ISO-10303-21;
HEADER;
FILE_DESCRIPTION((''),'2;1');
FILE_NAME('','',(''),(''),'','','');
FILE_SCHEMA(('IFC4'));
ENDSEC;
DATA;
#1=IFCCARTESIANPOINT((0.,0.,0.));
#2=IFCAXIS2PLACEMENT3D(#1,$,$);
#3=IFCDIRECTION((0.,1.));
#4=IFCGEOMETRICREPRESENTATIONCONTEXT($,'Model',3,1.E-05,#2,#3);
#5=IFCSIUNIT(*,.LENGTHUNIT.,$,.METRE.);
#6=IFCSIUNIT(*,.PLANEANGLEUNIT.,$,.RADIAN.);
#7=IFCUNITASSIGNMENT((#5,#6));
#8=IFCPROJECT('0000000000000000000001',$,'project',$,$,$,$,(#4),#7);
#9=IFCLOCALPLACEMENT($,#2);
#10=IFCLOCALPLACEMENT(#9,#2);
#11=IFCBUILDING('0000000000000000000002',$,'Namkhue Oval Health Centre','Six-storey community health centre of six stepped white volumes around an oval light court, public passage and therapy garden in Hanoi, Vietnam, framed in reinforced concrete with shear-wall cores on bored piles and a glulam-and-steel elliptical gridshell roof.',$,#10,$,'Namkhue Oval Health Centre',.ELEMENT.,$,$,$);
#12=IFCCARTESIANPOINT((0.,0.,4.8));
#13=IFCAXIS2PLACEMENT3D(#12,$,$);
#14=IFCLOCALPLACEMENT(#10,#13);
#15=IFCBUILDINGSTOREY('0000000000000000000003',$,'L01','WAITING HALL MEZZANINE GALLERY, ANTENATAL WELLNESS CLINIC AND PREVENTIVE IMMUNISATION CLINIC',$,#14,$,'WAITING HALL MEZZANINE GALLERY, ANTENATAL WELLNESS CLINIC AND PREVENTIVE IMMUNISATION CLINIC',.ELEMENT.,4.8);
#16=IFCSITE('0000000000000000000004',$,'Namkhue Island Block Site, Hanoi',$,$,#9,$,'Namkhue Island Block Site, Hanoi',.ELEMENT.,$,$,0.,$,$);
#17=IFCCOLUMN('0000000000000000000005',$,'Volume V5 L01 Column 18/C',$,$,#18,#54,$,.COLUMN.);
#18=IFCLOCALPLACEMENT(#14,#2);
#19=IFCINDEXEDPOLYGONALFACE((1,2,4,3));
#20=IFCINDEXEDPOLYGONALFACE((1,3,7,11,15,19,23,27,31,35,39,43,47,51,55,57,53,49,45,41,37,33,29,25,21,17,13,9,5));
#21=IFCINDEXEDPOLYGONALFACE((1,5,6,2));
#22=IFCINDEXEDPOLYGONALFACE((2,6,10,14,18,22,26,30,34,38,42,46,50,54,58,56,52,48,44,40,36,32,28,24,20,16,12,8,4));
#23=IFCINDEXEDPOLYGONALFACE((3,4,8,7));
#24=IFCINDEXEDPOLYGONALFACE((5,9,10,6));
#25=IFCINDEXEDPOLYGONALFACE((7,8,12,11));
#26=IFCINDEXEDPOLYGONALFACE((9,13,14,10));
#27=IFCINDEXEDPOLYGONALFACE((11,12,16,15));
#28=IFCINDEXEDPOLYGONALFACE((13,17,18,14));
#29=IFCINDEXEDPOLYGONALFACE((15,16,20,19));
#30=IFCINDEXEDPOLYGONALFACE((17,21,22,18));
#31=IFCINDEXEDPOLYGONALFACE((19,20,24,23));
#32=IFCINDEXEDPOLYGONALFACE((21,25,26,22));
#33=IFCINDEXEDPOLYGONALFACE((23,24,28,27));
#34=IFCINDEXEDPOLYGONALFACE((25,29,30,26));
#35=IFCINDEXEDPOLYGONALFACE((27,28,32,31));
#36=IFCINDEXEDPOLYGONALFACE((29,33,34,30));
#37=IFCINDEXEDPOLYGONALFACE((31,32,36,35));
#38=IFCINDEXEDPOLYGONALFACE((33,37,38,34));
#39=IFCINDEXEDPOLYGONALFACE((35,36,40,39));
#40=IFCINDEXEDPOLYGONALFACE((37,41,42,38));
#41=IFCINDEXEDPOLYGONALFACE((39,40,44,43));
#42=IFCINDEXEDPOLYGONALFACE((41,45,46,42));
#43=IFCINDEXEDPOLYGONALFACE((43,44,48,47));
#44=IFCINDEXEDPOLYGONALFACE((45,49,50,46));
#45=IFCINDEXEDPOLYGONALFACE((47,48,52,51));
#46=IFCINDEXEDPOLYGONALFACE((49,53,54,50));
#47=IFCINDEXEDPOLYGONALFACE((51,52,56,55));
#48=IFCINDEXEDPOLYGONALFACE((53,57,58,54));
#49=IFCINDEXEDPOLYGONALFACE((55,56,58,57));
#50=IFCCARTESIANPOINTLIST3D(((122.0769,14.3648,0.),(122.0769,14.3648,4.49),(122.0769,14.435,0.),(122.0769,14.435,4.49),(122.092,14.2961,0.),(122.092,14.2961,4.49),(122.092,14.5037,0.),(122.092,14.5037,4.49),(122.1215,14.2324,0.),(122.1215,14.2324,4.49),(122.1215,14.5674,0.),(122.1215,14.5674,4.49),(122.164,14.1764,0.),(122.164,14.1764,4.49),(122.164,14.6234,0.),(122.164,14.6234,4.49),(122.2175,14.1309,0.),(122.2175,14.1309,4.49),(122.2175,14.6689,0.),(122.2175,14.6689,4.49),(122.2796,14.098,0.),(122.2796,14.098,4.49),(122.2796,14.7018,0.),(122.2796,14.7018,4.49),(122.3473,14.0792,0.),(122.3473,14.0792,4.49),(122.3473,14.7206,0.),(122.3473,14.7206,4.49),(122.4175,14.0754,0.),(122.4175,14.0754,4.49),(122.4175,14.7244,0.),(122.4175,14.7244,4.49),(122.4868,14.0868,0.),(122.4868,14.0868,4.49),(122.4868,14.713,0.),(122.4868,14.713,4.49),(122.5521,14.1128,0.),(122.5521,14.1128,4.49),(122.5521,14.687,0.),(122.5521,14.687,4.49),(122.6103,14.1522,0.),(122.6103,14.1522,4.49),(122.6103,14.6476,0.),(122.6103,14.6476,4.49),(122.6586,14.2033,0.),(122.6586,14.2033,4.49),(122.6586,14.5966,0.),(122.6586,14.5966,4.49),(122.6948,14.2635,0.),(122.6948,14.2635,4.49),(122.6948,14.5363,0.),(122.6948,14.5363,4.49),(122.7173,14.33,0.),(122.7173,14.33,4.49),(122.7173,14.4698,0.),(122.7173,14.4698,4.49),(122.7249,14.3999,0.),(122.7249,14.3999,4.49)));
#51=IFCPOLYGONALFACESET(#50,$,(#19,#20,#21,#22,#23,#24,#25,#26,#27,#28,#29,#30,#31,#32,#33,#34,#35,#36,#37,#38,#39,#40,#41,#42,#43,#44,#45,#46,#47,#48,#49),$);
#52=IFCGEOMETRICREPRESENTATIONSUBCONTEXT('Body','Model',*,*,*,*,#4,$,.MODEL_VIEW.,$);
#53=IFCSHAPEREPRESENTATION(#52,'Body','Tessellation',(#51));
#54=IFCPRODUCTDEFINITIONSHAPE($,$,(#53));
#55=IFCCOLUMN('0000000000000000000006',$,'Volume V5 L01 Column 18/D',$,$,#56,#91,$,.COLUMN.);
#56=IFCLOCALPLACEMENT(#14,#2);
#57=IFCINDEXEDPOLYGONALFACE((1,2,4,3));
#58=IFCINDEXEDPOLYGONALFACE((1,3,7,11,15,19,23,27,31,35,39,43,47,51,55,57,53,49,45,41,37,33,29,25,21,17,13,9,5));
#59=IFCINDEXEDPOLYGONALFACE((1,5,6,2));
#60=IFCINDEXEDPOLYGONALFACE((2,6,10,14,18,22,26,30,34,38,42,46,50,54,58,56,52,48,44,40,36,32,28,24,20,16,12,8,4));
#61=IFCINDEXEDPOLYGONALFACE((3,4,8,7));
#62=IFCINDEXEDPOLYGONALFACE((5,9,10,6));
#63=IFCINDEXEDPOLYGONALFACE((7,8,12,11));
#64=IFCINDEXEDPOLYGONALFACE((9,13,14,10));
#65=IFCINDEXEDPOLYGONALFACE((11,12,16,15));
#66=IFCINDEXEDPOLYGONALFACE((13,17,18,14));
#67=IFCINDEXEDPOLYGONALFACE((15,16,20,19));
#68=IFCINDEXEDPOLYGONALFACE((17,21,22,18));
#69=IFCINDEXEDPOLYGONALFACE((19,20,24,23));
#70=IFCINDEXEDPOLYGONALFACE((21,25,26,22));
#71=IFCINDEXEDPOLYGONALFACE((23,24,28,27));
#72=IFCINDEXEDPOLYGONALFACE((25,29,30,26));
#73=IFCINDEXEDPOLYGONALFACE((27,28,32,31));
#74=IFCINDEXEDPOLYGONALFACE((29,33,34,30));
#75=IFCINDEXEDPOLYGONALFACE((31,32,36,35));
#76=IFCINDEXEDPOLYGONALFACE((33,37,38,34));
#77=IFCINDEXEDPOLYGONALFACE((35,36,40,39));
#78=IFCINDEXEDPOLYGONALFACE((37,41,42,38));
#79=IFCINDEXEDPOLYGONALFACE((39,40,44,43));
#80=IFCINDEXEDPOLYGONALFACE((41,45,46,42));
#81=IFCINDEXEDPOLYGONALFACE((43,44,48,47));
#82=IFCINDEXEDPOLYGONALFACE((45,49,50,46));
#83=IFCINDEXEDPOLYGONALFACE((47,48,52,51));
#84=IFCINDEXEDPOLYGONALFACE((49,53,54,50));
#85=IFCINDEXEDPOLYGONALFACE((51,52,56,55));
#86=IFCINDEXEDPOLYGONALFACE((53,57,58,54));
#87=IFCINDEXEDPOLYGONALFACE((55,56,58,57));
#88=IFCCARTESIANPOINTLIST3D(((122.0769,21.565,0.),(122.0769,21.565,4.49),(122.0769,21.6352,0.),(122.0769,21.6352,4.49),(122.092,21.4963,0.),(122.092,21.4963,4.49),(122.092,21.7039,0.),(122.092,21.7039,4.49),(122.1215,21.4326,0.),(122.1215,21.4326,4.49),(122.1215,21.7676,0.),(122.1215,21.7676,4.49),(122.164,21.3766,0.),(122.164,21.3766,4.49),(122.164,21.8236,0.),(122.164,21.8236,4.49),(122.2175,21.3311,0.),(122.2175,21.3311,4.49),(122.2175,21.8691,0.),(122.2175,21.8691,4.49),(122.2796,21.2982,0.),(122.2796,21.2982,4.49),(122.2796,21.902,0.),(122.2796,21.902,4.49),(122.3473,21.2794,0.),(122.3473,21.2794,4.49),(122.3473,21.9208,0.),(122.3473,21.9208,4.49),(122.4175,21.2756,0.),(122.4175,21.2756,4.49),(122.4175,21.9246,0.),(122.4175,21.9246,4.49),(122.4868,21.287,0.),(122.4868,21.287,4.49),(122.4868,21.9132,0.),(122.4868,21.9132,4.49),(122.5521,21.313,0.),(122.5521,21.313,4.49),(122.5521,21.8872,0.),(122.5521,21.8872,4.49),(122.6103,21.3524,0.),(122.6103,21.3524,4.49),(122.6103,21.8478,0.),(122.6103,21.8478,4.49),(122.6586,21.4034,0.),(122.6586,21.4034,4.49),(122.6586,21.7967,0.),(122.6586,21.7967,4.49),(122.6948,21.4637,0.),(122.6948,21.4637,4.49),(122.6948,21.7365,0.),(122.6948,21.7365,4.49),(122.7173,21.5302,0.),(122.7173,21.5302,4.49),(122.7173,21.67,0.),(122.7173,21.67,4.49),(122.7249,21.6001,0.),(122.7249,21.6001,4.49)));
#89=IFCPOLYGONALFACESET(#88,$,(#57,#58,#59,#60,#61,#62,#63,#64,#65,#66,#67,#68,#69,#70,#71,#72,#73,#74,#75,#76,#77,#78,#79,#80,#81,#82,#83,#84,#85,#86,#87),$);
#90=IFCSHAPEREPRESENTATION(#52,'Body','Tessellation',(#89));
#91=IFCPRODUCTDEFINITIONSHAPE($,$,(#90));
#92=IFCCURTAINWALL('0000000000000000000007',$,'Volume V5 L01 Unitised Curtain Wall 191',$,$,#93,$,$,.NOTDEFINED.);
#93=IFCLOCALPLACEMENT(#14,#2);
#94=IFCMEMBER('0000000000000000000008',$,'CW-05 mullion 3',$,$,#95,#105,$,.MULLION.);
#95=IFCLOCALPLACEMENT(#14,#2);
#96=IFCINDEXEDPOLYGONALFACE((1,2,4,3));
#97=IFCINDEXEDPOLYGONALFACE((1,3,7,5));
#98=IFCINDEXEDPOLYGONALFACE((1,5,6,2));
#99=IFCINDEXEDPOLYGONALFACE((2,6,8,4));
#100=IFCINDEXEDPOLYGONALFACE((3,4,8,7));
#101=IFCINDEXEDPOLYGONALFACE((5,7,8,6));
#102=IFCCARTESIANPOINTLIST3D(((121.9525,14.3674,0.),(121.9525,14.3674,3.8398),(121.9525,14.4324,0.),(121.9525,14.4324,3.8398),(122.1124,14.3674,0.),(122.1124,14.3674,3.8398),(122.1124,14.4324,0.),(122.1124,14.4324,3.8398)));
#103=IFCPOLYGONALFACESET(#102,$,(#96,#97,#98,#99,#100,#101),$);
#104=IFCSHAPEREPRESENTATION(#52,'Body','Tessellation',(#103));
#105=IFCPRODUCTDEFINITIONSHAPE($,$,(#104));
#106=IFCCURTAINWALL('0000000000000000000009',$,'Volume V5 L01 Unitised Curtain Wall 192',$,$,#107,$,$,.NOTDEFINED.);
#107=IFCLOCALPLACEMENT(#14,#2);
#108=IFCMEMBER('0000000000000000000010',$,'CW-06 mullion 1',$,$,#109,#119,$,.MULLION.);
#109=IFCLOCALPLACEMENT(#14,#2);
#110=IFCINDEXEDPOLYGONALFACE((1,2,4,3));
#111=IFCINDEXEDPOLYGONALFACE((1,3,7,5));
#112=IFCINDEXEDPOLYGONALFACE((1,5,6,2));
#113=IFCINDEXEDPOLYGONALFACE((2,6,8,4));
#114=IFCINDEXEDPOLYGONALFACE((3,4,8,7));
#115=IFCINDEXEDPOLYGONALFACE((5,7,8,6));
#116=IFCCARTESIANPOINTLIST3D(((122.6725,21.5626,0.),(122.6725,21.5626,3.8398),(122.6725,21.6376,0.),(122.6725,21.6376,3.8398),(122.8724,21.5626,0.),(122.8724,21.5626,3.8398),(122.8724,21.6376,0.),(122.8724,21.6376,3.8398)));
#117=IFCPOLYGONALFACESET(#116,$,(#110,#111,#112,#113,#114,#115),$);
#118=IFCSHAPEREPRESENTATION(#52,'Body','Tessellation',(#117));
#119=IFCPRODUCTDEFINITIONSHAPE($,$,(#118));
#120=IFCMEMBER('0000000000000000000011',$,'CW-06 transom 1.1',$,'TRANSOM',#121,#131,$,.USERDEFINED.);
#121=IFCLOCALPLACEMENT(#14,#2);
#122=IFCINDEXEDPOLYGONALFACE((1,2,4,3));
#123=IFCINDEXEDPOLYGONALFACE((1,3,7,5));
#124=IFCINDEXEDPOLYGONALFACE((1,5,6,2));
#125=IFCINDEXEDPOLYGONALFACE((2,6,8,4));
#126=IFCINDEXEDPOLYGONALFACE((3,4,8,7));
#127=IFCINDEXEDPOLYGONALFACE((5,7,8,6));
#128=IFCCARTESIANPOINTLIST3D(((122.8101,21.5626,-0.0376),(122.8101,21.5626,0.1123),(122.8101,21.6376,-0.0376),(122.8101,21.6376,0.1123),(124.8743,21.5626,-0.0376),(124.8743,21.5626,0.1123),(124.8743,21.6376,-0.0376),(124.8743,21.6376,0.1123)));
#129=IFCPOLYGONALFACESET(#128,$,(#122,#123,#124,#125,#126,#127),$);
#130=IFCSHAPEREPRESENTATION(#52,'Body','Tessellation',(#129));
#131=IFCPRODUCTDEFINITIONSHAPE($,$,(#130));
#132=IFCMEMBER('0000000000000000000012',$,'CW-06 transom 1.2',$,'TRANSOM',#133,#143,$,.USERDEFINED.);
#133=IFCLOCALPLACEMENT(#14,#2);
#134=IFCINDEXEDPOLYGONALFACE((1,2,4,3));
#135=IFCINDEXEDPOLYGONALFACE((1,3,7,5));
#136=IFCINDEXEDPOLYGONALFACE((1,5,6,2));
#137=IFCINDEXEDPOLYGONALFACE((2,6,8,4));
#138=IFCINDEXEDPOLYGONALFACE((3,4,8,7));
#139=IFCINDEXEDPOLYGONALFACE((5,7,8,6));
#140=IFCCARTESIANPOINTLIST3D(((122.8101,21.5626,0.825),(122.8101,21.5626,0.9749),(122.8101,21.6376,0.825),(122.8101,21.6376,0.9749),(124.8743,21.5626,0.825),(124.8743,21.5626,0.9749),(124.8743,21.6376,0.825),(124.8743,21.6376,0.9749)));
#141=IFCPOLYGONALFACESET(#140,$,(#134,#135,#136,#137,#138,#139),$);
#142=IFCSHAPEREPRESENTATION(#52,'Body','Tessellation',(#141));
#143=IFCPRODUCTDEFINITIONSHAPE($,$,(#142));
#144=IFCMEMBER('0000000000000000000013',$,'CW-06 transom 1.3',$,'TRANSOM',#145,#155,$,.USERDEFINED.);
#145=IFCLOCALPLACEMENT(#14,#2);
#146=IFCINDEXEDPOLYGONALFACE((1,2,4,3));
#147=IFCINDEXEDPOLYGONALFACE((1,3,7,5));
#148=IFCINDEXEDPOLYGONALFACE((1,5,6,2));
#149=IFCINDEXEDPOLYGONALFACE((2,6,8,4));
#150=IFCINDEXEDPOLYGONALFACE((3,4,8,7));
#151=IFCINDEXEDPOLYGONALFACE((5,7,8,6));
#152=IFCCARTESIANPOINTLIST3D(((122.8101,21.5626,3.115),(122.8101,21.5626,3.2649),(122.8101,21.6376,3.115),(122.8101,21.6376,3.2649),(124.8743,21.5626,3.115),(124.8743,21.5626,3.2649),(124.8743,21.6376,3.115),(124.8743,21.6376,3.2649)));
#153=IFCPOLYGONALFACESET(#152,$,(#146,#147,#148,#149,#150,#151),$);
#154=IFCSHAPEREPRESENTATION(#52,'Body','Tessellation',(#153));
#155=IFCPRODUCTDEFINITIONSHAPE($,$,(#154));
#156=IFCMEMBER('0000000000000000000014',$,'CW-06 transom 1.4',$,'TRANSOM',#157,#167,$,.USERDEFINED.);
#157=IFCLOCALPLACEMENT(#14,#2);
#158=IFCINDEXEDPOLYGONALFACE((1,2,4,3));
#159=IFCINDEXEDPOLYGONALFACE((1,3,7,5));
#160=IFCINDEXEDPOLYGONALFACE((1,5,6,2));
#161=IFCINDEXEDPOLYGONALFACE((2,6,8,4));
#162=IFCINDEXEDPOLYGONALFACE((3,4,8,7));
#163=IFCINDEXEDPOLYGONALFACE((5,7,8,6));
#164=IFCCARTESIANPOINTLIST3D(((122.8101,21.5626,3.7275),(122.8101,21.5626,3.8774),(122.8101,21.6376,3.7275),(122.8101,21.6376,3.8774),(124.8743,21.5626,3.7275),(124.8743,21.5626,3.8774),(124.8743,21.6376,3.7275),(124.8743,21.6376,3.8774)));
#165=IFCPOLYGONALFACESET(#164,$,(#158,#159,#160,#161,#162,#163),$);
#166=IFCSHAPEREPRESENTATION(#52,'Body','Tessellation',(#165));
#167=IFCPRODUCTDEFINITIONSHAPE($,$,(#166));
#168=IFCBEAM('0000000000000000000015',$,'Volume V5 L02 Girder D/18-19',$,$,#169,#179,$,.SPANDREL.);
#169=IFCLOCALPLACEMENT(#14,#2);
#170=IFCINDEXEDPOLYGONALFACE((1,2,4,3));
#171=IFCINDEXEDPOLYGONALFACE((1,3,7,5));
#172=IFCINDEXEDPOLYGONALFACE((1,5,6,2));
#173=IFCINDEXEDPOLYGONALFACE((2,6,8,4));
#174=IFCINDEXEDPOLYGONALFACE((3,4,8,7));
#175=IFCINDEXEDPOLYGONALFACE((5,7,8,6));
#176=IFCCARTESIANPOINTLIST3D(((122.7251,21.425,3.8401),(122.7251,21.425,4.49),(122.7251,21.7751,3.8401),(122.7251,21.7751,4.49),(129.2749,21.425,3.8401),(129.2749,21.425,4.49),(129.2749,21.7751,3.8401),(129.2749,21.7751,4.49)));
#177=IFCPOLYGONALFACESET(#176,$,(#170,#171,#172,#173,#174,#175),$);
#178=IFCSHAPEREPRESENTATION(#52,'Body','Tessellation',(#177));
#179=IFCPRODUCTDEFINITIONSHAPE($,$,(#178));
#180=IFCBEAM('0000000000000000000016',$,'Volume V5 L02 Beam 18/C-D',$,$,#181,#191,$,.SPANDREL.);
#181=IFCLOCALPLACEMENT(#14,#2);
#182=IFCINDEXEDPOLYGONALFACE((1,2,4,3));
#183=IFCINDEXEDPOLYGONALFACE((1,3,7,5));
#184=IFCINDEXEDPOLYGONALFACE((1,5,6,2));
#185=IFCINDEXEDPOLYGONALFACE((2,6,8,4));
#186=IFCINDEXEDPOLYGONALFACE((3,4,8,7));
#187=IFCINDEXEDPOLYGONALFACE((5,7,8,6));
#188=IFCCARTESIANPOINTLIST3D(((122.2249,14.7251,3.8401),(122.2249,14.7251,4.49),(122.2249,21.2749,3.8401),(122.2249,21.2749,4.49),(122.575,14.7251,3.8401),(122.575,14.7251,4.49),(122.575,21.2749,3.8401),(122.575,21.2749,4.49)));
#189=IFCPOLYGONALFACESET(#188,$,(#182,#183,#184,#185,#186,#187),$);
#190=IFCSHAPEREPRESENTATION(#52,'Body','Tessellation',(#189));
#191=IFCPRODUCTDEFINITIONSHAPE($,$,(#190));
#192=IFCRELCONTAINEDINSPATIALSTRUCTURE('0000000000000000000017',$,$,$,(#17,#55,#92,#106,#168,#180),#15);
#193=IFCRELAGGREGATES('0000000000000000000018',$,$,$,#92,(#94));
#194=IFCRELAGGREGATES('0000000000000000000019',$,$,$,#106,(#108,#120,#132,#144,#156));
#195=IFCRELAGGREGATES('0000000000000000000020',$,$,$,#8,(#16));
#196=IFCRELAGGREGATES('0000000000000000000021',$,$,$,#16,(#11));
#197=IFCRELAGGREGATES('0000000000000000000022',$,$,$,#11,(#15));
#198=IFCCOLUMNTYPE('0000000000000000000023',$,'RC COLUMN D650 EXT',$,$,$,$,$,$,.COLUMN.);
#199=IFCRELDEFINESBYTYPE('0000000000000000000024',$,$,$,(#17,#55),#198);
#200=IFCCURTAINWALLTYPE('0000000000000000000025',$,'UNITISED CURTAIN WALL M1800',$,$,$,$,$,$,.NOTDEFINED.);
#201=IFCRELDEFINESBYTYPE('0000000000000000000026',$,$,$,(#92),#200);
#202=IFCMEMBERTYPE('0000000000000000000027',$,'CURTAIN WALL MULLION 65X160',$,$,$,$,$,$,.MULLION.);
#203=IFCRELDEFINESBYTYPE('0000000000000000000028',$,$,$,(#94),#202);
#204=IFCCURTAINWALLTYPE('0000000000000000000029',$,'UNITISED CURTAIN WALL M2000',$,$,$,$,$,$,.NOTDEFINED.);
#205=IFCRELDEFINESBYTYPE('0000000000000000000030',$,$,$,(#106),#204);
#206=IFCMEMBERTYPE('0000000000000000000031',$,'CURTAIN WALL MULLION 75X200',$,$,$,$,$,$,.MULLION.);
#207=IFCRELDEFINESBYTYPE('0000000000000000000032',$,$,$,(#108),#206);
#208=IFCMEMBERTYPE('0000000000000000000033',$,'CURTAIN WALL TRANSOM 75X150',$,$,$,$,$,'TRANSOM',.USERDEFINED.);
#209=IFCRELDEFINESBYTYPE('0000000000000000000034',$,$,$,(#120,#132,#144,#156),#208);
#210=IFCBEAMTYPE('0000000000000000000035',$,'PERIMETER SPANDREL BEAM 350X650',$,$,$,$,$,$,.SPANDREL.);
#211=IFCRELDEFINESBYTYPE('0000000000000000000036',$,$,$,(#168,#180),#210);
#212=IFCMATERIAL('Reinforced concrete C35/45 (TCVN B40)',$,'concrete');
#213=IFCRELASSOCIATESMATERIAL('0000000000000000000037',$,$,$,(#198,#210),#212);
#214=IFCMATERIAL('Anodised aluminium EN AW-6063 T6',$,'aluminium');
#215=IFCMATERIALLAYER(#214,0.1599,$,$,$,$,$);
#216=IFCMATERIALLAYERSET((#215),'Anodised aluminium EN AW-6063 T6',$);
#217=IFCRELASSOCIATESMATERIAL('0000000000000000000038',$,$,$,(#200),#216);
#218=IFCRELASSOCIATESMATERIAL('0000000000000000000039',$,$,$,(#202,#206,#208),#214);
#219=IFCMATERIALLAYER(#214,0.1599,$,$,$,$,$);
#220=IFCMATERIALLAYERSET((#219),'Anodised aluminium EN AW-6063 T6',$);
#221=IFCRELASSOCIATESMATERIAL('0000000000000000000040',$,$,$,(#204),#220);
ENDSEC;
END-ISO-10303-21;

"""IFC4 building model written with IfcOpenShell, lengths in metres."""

from ifc_helpers import new_model, si_unit, direction, frame, origin, origin_2d, place, context, subcontext, project, spatial, rectangle, circle, extrude, material, layer, layer_set, material_profile, profile_set, type_object, element, aggregate, save


model = new_model("IFC4")

# Units and contexts
model_context = context("Model", 3, precision=1e-05, world=origin(), true_north=direction((0.0, 1.0)))
body_context = subcontext(model_context, "Body", "Model", "MODEL_VIEW")
ifc_project = project(units=[si_unit("LENGTHUNIT", "METRE"), si_unit("PLANEANGLEUNIT", "RADIAN")], contexts=[model_context])

# Site, building, storey
site_placement = place(None, origin())
site = spatial("IfcSite", under=ifc_project, at=site_placement, Name="Namkhue Island Block Site, Hanoi", LongName="Namkhue Island Block Site, Hanoi", CompositionType="ELEMENT", RefElevation=0.0)
building_placement = place(site_placement, origin())
building = spatial("IfcBuilding", under=site, at=building_placement, Name="Namkhue Oval Health Centre", Description="Six-storey community health centre of six stepped white volumes around an oval light court, public passage and therapy garden in Hanoi, Vietnam, framed in reinforced concrete with shear-wall cores on bored piles and a glulam-and-steel elliptical gridshell roof.", LongName="Namkhue Oval Health Centre", CompositionType="ELEMENT")
storey_placement = place(building_placement, frame((0.0, 0.0, 4.8)))
storey = spatial("IfcBuildingStorey", under=building, at=storey_placement, Name="L01", Description="WAITING HALL MEZZANINE GALLERY, ANTENATAL WELLNESS CLINIC AND PREVENTIVE IMMUNISATION CLINIC", LongName="WAITING HALL MEZZANINE GALLERY, ANTENATAL WELLNESS CLINIC AND PREVENTIVE IMMUNISATION CLINIC", CompositionType="ELEMENT", Elevation=4.8)

# Columns
ifc_material_1 = material(Name="Reinforced concrete C35/45 (TCVN B40)", Category="concrete")
ifc_material_profile_1 = material_profile(ifc_material_1, circle(Radius=0.325, at=origin_2d()), Name="RC D650")
ifc_profile_set_1 = profile_set([ifc_material_profile_1], Name="Reinforced concrete C35/45 (TCVN B40)")
column_type = type_object("IfcColumnType", Name="RC COLUMN D650 EXT", PredefinedType="COLUMN", material=ifc_profile_set_1)
for number, where, z_axis, x_axis, name in (
    (1, (122.3999, 14.3999, 0.0), (0.0, 0.0, 1.0), (1.0, 0.0, 0.0), "Volume V5 L01 Column 18/C"),
    (2, (122.3999, 21.6001, 0.0), (0.0, 0.0, 1.0), (1.0, 0.0, 0.0), "Volume V5 L01 Column 18/D"),
):
    element("IfcColumn", number, at=place(storey_placement, frame(where, z_axis=z_axis, x_axis=x_axis)), inside=storey, type_object=column_type, Name=name, PredefinedType="COLUMN", context=body_context, shape_type="SweptSolid", body=[
        extrude(circle(Radius=0.325, at=origin_2d()), origin(), (0.0, 0.0, 1.0), 4.49),
    ])

# Curtain wall, member
ifc_material_2 = material(Name="Anodised aluminium EN AW-6063 T6", Category="aluminium")
ifc_layer_1 = layer(ifc_material_2, 0.1599)
ifc_layer_set_1 = layer_set([ifc_layer_1], Name="Anodised aluminium EN AW-6063 T6")
curtain_wall_type_1 = type_object("IfcCurtainWallType", Name="UNITISED CURTAIN WALL M1800", PredefinedType="NOTDEFINED", material=ifc_layer_set_1)
curtain_wall_1_placement = place(storey_placement, origin())
curtain_wall_1 = element("IfcCurtainWall", 3, at=curtain_wall_1_placement, inside=storey, type_object=curtain_wall_type_1, Name="Volume V5 L01 Unitised Curtain Wall 191", PredefinedType="NOTDEFINED")
ifc_material_profile_2 = material_profile(ifc_material_2, rectangle(XDim=0.0649, YDim=0.1599, at=origin_2d()), Name="ALU 65x160")
ifc_profile_set_2 = profile_set([ifc_material_profile_2], Name="Anodised aluminium EN AW-6063 T6")
member_type_1 = type_object("IfcMemberType", Name="CURTAIN WALL MULLION 65X160", PredefinedType="MULLION", material=ifc_profile_set_2)
member_1_placement = place(storey_placement, frame((122.0325, 14.3999, 0.0), z_axis=(0.0, 0.0, 1.0), x_axis=(0.0, 1.0, 0.0)))
member_1 = element("IfcMember", 4, at=member_1_placement, type_object=member_type_1, Name="CW-05 mullion 3", PredefinedType="MULLION", context=body_context, shape_type="SweptSolid", body=[
    extrude(rectangle(XDim=0.0649, YDim=0.1599, at=origin_2d()), origin(), (0.0, 0.0, 1.0), 3.8398),
])
aggregate(curtain_wall_1, [member_1])

# Curtain wall, members
ifc_layer_2 = layer(ifc_material_2, 0.1599)
ifc_layer_set_2 = layer_set([ifc_layer_2], Name="Anodised aluminium EN AW-6063 T6")
curtain_wall_type_2 = type_object("IfcCurtainWallType", Name="UNITISED CURTAIN WALL M2000", PredefinedType="NOTDEFINED", material=ifc_layer_set_2)
curtain_wall_2_placement = place(storey_placement, origin())
curtain_wall_2 = element("IfcCurtainWall", 5, at=curtain_wall_2_placement, inside=storey, type_object=curtain_wall_type_2, Name="Volume V5 L01 Unitised Curtain Wall 192", PredefinedType="NOTDEFINED")
ifc_material_profile_3 = material_profile(ifc_material_2, rectangle(XDim=0.075, YDim=0.2, at=origin_2d()), Name="ALU 75x200")
ifc_profile_set_3 = profile_set([ifc_material_profile_3], Name="Anodised aluminium EN AW-6063 T6")
member_type_2 = type_object("IfcMemberType", Name="CURTAIN WALL MULLION 75X200", PredefinedType="MULLION", material=ifc_profile_set_3)
member_2_placement = place(storey_placement, frame((122.7725, 21.6001, 0.0), z_axis=(0.0, 0.0, 1.0), x_axis=(0.0, 1.0, 0.0)))
member_2 = element("IfcMember", 6, at=member_2_placement, type_object=member_type_2, Name="CW-06 mullion 1", PredefinedType="MULLION", context=body_context, shape_type="SweptSolid", body=[
    extrude(rectangle(XDim=0.075, YDim=0.2, at=origin_2d()), origin(), (0.0, 0.0, 1.0), 3.8398),
])
ifc_material_profile_4 = material_profile(ifc_material_2, rectangle(XDim=0.075, YDim=0.1499, at=origin_2d()), Name="ALU 75x150")
ifc_profile_set_4 = profile_set([ifc_material_profile_4], Name="Anodised aluminium EN AW-6063 T6")
member_type_3 = type_object("IfcMemberType", Name="CURTAIN WALL TRANSOM 75X150", ElementType="TRANSOM", PredefinedType="USERDEFINED", material=ifc_profile_set_4)
member_3_placement = place(storey_placement, frame((122.8101, 21.6001, 0.0374), z_axis=(1.0, 0.0, 0.0), x_axis=(0.0, 1.0, 0.0)))
member_3 = element("IfcMember", 7, at=member_3_placement, type_object=member_type_3, Name="CW-06 transom 1.1", ObjectType="TRANSOM", PredefinedType="USERDEFINED", context=body_context, shape_type="SweptSolid", body=[
    extrude(rectangle(XDim=0.075, YDim=0.1499, at=origin_2d()), origin(), (0.0, 0.0, 1.0), 2.0642),
])
member_4_placement = place(storey_placement, frame((122.8101, 21.6001, 0.8999), z_axis=(1.0, 0.0, 0.0), x_axis=(0.0, 1.0, 0.0)))
member_4 = element("IfcMember", 8, at=member_4_placement, type_object=member_type_3, Name="CW-06 transom 1.2", ObjectType="TRANSOM", PredefinedType="USERDEFINED", context=body_context, shape_type="SweptSolid", body=[
    extrude(rectangle(XDim=0.075, YDim=0.1499, at=origin_2d()), origin(), (0.0, 0.0, 1.0), 2.0642),
])
member_5_placement = place(storey_placement, frame((122.8101, 21.6001, 3.1899), z_axis=(1.0, 0.0, 0.0), x_axis=(0.0, 1.0, 0.0)))
member_5 = element("IfcMember", 9, at=member_5_placement, type_object=member_type_3, Name="CW-06 transom 1.3", ObjectType="TRANSOM", PredefinedType="USERDEFINED", context=body_context, shape_type="SweptSolid", body=[
    extrude(rectangle(XDim=0.075, YDim=0.1499, at=origin_2d()), origin(), (0.0, 0.0, 1.0), 2.0642),
])
member_6_placement = place(storey_placement, frame((122.8101, 21.6001, 3.8025), z_axis=(1.0, 0.0, 0.0), x_axis=(0.0, 1.0, 0.0)))
member_6 = element("IfcMember", 10, at=member_6_placement, type_object=member_type_3, Name="CW-06 transom 1.4", ObjectType="TRANSOM", PredefinedType="USERDEFINED", context=body_context, shape_type="SweptSolid", body=[
    extrude(rectangle(XDim=0.075, YDim=0.1499, at=origin_2d()), origin(), (0.0, 0.0, 1.0), 2.0642),
])

# Beams
ifc_material_profile_5 = material_profile(ifc_material_1, rectangle(XDim=0.3501, YDim=0.6499, at=origin_2d()), Name="RC 350x650")
ifc_profile_set_5 = profile_set([ifc_material_profile_5], Name="Reinforced concrete C35/45 (TCVN B40)")
beam_type_1 = type_object("IfcBeamType", Name="PERIMETER SPANDREL BEAM 350X650", PredefinedType="SPANDREL", material=ifc_profile_set_5)
for number, where, z_axis, x_axis, name in (
    (11, (122.7251, 21.6001, 4.165), (1.0, 0.0, 0.0), (0.0, 1.0, 0.0), "Volume V5 L02 Girder D/18-19"),
    (12, (122.3999, 14.7251, 4.165), (0.0, 1.0, 0.0), (-1.0, 0.0, 0.0), "Volume V5 L02 Beam 18/C-D"),
):
    element("IfcBeam", number, at=place(storey_placement, frame(where, z_axis=z_axis, x_axis=x_axis)), inside=storey, type_object=beam_type_1, Name=name, PredefinedType="SPANDREL", context=body_context, shape_type="SweptSolid", body=[
        extrude(rectangle(XDim=0.3501, YDim=0.6499, at=origin_2d()), origin(), (0.0, 0.0, 1.0), 6.5498),
    ])

aggregate(curtain_wall_2, [member_2, member_3, member_4, member_5, member_6])

save(model, "model.ifc")
